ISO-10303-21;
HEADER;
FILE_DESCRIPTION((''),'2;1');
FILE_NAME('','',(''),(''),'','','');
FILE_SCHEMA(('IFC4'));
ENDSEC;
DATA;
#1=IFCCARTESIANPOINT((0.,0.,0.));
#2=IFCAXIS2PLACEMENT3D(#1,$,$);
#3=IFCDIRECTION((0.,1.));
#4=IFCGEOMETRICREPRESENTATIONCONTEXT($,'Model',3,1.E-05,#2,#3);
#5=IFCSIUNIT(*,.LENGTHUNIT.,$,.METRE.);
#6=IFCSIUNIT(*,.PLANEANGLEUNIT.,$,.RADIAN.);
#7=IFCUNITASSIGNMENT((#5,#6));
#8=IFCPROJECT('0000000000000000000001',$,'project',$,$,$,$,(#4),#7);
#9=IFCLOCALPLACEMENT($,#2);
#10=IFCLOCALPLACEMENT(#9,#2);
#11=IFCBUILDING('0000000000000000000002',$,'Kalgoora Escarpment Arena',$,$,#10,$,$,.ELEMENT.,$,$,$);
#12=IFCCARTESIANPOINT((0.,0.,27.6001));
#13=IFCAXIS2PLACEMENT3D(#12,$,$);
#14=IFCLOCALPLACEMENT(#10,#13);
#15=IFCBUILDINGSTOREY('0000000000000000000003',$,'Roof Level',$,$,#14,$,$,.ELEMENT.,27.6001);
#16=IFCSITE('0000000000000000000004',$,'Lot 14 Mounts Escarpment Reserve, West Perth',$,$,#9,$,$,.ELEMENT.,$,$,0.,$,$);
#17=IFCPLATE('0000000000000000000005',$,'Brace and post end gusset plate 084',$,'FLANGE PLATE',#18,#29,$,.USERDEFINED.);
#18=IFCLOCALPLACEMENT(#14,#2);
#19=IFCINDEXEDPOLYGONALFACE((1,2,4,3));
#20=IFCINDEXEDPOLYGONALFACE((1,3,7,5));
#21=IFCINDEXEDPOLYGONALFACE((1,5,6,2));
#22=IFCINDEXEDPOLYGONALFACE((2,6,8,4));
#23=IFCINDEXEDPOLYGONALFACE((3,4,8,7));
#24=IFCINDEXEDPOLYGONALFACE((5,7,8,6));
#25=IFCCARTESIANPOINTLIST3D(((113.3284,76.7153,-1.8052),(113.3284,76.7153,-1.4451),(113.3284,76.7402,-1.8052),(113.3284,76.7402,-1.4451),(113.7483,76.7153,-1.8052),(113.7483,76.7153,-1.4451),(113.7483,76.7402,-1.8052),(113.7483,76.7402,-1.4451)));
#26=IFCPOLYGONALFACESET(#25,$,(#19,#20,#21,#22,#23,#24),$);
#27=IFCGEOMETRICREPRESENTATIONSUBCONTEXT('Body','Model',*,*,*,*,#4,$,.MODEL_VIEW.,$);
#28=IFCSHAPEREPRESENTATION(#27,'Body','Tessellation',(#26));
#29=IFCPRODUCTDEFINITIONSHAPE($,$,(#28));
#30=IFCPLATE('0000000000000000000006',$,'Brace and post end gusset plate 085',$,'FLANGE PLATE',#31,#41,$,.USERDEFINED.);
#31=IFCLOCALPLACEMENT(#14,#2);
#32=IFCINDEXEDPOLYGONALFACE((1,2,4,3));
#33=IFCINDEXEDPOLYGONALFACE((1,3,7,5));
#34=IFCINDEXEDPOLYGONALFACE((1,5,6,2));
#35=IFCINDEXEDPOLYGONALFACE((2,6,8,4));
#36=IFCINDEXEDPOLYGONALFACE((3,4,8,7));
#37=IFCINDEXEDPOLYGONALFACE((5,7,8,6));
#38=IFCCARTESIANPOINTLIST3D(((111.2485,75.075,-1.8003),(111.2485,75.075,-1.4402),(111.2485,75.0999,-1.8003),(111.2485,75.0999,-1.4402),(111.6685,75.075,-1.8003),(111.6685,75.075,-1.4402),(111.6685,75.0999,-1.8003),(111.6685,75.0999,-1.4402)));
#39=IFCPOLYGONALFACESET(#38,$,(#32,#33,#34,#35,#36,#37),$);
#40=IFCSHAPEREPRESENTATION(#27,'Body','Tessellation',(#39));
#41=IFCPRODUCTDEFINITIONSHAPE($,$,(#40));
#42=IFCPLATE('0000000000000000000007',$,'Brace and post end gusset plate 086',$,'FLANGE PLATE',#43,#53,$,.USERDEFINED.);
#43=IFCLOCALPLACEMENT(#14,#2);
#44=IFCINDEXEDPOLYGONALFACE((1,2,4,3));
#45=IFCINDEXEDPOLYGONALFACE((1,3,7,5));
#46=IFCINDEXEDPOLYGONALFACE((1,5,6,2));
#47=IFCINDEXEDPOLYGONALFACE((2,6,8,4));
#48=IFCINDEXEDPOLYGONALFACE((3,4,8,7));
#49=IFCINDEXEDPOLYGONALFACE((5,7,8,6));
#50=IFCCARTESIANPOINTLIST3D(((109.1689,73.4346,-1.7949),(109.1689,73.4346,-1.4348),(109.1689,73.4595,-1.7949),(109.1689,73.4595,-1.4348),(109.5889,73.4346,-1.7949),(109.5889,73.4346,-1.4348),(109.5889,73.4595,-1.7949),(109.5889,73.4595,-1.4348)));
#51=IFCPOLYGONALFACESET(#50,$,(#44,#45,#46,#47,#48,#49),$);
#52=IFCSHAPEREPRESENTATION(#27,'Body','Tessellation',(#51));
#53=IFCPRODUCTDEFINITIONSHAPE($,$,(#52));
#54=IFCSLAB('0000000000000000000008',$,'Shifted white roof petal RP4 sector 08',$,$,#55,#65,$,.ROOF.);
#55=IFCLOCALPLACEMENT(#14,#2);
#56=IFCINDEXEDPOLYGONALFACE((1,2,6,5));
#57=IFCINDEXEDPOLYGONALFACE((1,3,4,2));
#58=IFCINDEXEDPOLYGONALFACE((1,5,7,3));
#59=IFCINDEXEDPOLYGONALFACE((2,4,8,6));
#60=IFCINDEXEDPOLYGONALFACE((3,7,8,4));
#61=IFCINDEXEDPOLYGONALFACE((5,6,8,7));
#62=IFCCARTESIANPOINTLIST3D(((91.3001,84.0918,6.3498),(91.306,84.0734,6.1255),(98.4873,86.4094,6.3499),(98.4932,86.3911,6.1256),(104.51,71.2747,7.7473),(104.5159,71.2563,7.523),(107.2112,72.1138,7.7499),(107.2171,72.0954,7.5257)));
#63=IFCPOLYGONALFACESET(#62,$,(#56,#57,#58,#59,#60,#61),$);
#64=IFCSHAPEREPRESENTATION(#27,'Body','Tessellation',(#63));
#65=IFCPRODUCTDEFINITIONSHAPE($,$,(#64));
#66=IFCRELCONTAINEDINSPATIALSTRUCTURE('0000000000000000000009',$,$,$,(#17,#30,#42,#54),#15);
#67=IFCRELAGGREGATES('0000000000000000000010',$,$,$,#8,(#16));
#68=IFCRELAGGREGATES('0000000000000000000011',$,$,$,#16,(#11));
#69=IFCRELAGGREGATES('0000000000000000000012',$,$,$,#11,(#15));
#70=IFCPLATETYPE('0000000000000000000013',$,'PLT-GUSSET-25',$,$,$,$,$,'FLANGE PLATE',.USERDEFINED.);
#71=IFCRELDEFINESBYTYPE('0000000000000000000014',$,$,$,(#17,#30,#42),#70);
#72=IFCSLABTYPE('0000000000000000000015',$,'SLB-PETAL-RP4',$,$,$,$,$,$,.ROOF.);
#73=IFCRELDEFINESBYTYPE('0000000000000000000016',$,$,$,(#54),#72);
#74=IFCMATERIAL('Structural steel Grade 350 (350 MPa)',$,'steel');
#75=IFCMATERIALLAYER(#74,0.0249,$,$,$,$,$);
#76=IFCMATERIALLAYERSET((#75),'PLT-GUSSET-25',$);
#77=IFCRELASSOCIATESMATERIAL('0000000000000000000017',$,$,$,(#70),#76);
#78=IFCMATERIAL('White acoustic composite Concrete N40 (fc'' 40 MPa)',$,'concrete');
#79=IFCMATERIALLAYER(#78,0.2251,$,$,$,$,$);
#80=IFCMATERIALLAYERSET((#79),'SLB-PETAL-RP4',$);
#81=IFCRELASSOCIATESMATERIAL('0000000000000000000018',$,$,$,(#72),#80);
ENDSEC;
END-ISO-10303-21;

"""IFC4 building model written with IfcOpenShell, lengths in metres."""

from ifc_helpers import new_model, si_unit, direction, frame, origin, origin_2d, place, context, subcontext, project, spatial, polyline, rectangle, outline, extrude, material, layer, layer_set, type_object, element, save


model = new_model("IFC4")

# Units and contexts
model_context = context("Model", 3, precision=1e-05, world=origin(), true_north=direction((0.0, 1.0)))
body_context = subcontext(model_context, "Body", "Model", "MODEL_VIEW")
ifc_project = project(units=[si_unit("LENGTHUNIT", "METRE"), si_unit("PLANEANGLEUNIT", "RADIAN")], contexts=[model_context])

# Site, building, storey
site_placement = place(None, origin())
site = spatial("IfcSite", under=ifc_project, at=site_placement, Name="Lot 14 Mounts Escarpment Reserve, West Perth", CompositionType="ELEMENT", RefElevation=0.0)
building_placement = place(site_placement, origin())
building = spatial("IfcBuilding", under=site, at=building_placement, Name="Kalgoora Escarpment Arena", CompositionType="ELEMENT")
storey_placement = place(building_placement, frame((0.0, 0.0, 27.6001)))
storey = spatial("IfcBuildingStorey", under=building, at=storey_placement, Name="Roof Level", CompositionType="ELEMENT", Elevation=27.6001)

# Plates
ifc_material_1 = material(Name="Structural steel Grade 350 (350 MPa)", Category="steel")
ifc_layer_1 = layer(ifc_material_1, 0.0249)
ifc_layer_set_1 = layer_set([ifc_layer_1], Name="PLT-GUSSET-25")
plate_type = type_object("IfcPlateType", Name="PLT-GUSSET-25", ElementType="FLANGE PLATE", PredefinedType="USERDEFINED", material=ifc_layer_set_1)
for number, where, z_axis, x_axis, name in (
    (1, (113.5383, 76.7278, -1.8052), (0.0, 0.0, 1.0), (1.0, 0.0, 0.0), "Brace and post end gusset plate 084"),
    (2, (111.4585, 75.0874, -1.8003), (0.0, 0.0, 1.0), (1.0, 0.0, 0.0), "Brace and post end gusset plate 085"),
    (3, (109.3789, 73.447, -1.7949), (0.0, 0.0, 1.0), (1.0, 0.0, 0.0), "Brace and post end gusset plate 086"),
):
    element("IfcPlate", number, at=place(storey_placement, frame(where, z_axis=z_axis, x_axis=x_axis)), inside=storey, type_object=plate_type, Name=name, ObjectType="FLANGE PLATE", PredefinedType="USERDEFINED", context=body_context, shape_type="SweptSolid", body=[
        extrude(rectangle(XDim=0.4199, YDim=0.0249, at=origin_2d()), origin(), (0.0, 0.0, 1.0), 0.3601),
    ])

# Slab
ifc_material_2 = material(Name="White acoustic composite Concrete N40 (fc' 40 MPa)", Category="concrete")
ifc_layer_2 = layer(ifc_material_2, 0.2251)
ifc_layer_set_2 = layer_set([ifc_layer_2], Name="SLB-PETAL-RP4")
slab_type = type_object("IfcSlabType", Name="SLB-PETAL-RP4", PredefinedType="ROOF", material=ifc_layer_set_2)
slab_placement = place(storey_placement, frame((98.4873, 86.4094, 6.3499), z_axis=(-0.026298, 0.08153, 0.996324), x_axis=(-0.951741, -0.306902, -0.000007)))
element("IfcSlab", 4, at=slab_placement, inside=storey, type_object=slab_type, Name="Shifted white roof petal RP4 sector 08", PredefinedType="ROOF", context=body_context, shape_type="SweptSolid", body=[
    extrude(outline(polyline([(0.0, 0.0), (7.5517, 0.0), (-1.0872, 16.3127), (-3.9155, 16.3432), (0.0, 0.0)])), origin(), (0.0, 0.0, -1.0), 0.2251),
])

save(model, "model.ifc")
